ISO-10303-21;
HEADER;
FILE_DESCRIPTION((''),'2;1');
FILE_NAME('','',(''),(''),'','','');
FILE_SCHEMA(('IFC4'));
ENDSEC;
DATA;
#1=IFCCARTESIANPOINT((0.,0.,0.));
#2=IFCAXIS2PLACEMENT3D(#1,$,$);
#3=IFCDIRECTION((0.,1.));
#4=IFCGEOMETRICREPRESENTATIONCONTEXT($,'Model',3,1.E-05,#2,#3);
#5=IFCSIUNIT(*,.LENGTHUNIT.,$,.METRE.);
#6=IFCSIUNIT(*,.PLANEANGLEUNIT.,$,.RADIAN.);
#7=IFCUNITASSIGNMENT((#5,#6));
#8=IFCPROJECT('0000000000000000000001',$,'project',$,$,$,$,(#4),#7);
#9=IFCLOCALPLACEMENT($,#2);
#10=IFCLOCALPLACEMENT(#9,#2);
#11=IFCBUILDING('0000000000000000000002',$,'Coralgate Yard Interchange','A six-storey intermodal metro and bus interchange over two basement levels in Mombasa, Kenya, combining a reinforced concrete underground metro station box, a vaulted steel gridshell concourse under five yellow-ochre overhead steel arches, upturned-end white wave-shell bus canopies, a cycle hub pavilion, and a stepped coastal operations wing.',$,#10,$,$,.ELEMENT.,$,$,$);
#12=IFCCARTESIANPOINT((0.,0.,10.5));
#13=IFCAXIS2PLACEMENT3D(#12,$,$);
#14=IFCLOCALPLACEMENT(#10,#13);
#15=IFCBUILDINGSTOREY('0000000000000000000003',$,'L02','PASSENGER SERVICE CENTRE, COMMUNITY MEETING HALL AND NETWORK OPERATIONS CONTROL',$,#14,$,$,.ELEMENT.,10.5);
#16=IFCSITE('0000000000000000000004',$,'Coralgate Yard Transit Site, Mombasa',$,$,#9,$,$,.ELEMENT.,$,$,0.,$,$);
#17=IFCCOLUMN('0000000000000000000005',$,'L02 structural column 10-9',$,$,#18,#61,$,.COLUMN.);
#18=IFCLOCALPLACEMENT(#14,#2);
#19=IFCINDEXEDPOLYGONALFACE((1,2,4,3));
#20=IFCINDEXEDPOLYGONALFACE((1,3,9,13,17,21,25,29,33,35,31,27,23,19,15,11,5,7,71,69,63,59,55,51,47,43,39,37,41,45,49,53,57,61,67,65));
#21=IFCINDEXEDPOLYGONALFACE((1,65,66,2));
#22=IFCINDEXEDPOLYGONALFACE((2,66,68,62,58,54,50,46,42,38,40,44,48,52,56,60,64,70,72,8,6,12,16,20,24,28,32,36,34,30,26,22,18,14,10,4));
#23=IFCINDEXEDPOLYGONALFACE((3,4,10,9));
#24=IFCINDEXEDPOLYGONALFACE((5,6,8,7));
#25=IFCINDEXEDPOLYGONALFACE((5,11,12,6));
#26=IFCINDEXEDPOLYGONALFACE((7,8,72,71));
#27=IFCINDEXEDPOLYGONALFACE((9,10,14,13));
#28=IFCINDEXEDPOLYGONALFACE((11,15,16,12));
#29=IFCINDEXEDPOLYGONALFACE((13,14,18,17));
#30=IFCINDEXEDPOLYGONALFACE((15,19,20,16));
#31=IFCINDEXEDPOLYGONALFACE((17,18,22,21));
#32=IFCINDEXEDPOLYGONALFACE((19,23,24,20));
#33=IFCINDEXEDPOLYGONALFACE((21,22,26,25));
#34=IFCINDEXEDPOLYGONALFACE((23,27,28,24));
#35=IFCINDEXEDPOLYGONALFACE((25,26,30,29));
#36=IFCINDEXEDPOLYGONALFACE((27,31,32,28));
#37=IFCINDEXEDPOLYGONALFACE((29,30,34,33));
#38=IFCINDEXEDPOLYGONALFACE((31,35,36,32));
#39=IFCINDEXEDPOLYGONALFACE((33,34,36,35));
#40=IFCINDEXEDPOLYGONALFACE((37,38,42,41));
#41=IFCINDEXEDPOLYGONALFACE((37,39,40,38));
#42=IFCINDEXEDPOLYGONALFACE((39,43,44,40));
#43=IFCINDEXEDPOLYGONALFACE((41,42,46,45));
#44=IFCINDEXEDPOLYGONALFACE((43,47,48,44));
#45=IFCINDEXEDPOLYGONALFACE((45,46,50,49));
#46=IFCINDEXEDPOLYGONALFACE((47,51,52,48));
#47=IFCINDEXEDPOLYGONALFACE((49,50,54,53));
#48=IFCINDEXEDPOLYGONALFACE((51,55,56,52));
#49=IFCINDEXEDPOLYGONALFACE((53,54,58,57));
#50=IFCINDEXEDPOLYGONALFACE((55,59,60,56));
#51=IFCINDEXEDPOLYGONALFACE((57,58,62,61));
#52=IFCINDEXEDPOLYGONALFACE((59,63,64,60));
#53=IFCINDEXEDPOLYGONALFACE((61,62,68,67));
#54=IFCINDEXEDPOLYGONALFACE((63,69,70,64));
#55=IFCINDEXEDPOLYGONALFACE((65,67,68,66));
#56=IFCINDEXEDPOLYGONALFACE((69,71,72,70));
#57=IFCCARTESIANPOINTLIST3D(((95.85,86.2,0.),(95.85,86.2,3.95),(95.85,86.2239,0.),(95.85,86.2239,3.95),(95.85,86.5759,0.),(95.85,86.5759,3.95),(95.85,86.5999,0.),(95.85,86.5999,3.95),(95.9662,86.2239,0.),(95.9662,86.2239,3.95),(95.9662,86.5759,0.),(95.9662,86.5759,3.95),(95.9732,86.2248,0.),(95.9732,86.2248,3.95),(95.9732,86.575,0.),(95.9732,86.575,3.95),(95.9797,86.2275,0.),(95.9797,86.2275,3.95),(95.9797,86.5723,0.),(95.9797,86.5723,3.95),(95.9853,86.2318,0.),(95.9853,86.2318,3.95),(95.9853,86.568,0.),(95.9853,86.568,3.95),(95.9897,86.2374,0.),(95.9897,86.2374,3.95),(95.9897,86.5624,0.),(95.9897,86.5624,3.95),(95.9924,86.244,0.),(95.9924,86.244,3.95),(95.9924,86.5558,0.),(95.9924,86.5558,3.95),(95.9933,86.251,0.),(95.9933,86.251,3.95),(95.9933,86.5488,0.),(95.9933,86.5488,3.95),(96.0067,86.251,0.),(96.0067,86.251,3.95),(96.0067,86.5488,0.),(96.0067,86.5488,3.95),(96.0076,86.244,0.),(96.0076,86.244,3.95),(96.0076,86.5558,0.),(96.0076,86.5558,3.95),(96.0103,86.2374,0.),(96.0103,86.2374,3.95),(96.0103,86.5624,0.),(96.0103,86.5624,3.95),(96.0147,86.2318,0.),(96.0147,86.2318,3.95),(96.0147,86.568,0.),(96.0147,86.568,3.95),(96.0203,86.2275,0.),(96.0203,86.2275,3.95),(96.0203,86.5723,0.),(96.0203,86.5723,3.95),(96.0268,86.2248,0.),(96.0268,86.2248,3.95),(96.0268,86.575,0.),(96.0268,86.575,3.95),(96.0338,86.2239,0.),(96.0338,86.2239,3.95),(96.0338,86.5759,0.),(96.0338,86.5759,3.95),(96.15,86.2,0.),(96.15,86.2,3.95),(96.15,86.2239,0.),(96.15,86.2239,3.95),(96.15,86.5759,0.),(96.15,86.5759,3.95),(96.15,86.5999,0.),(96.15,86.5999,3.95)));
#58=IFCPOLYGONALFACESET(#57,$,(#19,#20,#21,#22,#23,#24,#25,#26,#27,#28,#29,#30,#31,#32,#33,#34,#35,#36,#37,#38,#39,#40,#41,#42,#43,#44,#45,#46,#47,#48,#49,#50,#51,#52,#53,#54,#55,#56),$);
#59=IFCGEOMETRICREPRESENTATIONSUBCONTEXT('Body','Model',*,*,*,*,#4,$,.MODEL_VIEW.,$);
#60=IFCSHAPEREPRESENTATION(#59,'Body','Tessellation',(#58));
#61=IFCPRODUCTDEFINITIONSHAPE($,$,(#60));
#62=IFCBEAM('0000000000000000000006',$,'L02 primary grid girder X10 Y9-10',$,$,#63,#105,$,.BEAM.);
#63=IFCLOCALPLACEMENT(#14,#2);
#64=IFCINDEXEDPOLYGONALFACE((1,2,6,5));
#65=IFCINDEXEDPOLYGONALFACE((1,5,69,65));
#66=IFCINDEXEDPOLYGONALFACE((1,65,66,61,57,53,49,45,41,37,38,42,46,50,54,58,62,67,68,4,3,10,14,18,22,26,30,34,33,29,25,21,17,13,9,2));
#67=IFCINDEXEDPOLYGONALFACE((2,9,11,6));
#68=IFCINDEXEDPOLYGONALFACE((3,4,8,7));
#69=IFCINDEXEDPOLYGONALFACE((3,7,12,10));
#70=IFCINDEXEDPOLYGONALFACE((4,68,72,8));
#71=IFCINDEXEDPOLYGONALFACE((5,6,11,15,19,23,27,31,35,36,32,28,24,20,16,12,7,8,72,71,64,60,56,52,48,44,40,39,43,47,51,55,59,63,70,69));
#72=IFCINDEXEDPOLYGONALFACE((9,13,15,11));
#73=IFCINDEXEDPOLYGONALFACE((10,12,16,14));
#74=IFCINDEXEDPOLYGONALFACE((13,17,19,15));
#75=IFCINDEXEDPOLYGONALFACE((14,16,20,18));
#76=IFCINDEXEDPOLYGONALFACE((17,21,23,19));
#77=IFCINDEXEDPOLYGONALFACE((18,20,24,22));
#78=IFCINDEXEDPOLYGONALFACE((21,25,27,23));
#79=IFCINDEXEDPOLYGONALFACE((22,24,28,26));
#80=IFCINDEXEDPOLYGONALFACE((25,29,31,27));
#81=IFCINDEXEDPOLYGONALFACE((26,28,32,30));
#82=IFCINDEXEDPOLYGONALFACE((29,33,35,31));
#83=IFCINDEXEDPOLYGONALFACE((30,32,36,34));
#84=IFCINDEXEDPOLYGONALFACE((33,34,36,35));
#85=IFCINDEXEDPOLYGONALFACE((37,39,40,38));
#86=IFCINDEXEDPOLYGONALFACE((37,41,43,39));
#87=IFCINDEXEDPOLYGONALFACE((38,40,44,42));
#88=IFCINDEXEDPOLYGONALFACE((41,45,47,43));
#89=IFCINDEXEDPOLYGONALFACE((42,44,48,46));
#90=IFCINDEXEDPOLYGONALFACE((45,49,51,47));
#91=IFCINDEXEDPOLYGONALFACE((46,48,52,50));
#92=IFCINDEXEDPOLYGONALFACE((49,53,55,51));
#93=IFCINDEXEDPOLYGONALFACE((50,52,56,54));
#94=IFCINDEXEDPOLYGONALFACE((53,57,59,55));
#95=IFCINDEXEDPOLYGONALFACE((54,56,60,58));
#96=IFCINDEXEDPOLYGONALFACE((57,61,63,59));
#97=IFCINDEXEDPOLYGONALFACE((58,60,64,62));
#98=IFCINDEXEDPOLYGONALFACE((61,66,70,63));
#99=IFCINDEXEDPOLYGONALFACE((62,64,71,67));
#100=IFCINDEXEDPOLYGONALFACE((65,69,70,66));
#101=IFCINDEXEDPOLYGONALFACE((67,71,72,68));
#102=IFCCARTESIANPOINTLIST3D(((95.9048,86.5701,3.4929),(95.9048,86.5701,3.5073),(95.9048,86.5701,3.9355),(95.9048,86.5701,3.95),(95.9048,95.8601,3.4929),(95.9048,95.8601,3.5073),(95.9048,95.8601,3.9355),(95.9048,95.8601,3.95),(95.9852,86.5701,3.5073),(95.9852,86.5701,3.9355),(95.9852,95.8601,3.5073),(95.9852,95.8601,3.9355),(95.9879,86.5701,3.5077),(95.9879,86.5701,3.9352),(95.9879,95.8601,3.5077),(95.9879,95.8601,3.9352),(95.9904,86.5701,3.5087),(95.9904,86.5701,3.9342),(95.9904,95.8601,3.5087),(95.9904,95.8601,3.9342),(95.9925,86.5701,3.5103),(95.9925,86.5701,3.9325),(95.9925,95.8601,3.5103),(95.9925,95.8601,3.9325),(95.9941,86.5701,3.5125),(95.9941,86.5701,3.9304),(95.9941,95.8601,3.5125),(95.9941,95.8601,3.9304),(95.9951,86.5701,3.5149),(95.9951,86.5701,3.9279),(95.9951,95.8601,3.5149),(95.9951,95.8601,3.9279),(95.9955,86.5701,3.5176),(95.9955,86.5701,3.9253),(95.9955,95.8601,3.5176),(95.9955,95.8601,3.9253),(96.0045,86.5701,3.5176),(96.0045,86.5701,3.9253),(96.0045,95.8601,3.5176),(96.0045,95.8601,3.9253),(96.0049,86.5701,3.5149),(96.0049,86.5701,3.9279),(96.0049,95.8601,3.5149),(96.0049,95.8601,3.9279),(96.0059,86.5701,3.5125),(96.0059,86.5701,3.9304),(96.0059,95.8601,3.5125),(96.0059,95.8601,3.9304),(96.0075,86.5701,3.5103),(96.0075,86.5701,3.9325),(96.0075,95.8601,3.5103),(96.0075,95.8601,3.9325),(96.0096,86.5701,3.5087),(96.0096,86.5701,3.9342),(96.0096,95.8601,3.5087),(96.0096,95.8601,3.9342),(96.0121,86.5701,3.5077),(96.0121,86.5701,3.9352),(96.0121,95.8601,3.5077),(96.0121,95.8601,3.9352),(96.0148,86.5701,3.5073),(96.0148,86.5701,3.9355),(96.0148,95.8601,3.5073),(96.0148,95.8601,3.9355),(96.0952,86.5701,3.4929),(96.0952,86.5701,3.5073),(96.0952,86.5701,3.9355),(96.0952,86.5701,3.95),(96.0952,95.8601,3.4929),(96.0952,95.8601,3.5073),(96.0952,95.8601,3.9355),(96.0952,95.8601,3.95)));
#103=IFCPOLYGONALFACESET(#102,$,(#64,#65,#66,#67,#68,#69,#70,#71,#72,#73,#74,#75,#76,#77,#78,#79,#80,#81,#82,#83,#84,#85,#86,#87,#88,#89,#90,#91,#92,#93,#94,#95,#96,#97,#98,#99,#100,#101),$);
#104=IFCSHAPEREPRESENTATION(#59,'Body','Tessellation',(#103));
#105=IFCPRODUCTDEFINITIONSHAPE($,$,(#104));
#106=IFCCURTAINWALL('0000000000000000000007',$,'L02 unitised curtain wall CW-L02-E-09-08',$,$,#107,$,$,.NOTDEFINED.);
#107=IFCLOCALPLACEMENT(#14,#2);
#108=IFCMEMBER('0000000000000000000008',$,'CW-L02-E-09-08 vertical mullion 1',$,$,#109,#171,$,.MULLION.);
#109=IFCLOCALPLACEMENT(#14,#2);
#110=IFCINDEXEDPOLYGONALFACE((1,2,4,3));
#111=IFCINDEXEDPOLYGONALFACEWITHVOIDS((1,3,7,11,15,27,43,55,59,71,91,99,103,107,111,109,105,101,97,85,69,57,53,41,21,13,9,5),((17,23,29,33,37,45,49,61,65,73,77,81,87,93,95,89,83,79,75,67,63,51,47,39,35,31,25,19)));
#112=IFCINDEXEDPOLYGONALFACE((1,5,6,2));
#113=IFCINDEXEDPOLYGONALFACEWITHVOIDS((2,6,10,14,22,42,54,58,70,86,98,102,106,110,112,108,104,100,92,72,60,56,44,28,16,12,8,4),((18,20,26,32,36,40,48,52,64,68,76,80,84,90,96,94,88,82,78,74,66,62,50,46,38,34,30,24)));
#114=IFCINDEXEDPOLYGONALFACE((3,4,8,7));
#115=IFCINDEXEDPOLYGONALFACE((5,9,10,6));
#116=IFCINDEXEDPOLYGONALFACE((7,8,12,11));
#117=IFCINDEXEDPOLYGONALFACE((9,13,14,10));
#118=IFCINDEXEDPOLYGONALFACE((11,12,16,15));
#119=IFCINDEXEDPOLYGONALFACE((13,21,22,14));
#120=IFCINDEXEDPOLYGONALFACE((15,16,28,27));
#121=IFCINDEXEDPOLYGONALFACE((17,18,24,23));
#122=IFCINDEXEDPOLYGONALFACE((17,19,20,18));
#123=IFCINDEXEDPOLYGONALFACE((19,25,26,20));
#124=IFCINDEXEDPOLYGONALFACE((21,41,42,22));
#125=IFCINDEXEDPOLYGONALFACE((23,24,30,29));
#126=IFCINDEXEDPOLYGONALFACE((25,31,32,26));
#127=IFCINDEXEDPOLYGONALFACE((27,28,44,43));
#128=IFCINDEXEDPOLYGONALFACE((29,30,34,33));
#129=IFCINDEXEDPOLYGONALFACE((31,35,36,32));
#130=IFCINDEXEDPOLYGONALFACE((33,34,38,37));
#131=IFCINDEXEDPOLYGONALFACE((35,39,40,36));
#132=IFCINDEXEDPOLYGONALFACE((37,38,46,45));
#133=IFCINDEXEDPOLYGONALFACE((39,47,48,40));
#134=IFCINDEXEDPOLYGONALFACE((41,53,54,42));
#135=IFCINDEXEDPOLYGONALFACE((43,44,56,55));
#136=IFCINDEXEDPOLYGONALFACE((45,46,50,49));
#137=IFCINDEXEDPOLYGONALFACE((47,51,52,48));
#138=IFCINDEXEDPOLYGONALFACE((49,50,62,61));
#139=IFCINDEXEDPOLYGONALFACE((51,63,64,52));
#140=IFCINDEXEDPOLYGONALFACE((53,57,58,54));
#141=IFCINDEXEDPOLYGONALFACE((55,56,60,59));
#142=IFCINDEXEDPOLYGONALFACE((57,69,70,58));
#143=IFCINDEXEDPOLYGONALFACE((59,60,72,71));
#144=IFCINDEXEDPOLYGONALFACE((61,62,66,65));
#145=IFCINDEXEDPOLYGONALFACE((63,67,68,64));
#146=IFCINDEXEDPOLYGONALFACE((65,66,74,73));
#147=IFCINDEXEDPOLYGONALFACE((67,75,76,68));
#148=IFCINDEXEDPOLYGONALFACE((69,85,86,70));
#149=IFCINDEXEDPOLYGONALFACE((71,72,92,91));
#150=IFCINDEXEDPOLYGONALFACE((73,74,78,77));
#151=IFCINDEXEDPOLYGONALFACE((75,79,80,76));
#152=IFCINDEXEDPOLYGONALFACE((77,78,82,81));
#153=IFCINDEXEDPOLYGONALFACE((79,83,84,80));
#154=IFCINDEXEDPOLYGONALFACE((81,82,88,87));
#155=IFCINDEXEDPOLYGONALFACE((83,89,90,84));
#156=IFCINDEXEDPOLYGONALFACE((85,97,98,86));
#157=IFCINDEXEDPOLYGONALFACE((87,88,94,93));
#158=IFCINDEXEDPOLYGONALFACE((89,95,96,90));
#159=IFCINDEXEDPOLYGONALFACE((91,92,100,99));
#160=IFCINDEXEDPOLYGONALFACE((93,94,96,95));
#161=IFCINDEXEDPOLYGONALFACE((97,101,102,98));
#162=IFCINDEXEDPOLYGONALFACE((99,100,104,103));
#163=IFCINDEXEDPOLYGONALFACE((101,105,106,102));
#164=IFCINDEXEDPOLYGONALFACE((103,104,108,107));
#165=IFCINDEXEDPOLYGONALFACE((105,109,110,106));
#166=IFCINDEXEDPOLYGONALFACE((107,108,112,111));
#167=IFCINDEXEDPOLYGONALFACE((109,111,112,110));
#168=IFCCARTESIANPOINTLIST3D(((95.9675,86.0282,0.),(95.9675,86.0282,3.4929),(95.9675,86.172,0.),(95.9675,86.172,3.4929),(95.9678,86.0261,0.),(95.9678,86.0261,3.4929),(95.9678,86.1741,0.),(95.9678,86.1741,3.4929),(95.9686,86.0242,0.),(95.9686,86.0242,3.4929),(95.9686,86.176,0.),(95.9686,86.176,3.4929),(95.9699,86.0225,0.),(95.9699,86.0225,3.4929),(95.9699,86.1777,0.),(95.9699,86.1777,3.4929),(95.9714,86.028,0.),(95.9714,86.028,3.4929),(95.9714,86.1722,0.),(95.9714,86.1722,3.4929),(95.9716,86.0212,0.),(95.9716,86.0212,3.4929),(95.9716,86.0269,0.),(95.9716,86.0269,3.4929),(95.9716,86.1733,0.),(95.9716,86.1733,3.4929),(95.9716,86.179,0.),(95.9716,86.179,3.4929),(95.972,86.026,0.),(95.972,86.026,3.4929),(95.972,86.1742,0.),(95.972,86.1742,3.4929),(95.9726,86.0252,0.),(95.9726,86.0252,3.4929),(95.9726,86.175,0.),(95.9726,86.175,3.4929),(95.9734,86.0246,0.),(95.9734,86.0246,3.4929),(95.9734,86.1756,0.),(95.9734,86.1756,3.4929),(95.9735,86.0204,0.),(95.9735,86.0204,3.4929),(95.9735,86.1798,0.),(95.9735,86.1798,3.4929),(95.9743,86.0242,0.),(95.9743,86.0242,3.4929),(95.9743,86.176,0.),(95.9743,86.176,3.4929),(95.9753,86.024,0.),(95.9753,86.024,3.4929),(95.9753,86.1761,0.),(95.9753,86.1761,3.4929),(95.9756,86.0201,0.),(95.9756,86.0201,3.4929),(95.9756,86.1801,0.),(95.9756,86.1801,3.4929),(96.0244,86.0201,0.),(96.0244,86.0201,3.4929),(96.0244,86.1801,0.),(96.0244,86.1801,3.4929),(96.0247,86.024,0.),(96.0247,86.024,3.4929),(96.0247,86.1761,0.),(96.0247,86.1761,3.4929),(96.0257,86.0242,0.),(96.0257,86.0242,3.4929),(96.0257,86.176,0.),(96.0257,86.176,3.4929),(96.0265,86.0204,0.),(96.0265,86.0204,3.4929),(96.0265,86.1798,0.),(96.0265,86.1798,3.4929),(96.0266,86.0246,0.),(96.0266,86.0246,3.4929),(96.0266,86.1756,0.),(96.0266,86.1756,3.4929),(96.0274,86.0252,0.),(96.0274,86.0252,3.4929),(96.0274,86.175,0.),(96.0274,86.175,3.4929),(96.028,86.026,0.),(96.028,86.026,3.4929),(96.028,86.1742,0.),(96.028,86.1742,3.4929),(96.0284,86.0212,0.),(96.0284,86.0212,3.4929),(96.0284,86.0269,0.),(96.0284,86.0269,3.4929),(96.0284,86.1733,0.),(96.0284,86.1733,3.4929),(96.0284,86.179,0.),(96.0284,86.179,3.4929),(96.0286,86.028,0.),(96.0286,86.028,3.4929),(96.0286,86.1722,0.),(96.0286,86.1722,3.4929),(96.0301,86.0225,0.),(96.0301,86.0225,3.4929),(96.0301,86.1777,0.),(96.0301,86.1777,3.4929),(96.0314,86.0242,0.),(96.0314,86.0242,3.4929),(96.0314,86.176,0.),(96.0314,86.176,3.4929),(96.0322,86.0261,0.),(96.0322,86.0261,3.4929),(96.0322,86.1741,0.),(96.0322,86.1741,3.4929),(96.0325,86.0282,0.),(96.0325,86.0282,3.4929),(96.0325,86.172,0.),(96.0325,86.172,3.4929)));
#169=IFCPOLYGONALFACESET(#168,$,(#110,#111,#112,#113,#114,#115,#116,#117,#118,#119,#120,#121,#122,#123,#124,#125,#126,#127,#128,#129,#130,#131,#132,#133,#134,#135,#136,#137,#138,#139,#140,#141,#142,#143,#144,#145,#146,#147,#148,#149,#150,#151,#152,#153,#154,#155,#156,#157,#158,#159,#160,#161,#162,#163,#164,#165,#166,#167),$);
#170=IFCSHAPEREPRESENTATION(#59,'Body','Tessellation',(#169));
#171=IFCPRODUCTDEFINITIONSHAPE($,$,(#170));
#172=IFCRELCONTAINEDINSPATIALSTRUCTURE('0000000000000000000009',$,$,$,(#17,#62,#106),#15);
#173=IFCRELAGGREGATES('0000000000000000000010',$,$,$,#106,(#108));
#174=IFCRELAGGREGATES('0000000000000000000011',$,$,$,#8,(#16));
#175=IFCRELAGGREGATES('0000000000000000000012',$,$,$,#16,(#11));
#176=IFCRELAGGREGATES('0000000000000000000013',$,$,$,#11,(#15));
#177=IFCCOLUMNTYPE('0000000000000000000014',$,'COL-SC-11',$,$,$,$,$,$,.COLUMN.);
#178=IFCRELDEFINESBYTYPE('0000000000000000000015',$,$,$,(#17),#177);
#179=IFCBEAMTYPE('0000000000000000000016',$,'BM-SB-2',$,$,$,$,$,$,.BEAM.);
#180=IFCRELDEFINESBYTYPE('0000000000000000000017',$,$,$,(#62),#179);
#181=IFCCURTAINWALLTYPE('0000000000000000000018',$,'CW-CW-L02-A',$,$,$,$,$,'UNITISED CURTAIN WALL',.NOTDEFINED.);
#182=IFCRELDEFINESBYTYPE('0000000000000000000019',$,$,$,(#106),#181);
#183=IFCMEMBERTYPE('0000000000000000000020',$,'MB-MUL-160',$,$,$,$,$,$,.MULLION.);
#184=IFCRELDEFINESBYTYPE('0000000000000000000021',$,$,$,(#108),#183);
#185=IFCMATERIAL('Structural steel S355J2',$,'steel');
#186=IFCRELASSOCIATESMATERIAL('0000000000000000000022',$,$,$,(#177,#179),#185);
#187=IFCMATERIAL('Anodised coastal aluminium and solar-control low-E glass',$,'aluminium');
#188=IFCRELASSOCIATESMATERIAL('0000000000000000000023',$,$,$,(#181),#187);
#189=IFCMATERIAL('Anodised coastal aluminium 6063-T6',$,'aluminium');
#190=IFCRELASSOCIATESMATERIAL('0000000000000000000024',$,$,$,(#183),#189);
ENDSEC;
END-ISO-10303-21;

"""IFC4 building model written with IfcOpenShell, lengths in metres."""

from ifc_helpers import new_model, si_unit, direction, frame, origin, origin_2d, place, context, subcontext, project, spatial, hollow_rectangle, i_section, extrude, material, material_profile, profile_set, type_object, element, aggregate, save


model = new_model("IFC4")

# Units and contexts
model_context = context("Model", 3, precision=1e-05, world=origin(), true_north=direction((0.0, 1.0)))
body_context = subcontext(model_context, "Body", "Model", "MODEL_VIEW")
ifc_project = project(units=[si_unit("LENGTHUNIT", "METRE"), si_unit("PLANEANGLEUNIT", "RADIAN")], contexts=[model_context])

# Site, building, storey
site_placement = place(None, origin())
site = spatial("IfcSite", under=ifc_project, at=site_placement, Name="Coralgate Yard Transit Site, Mombasa", CompositionType="ELEMENT", RefElevation=0.0)
building_placement = place(site_placement, origin())
building = spatial("IfcBuilding", under=site, at=building_placement, Name="Coralgate Yard Interchange", Description="A six-storey intermodal metro and bus interchange over two basement levels in Mombasa, Kenya, combining a reinforced concrete underground metro station box, a vaulted steel gridshell concourse under five yellow-ochre overhead steel arches, upturned-end white wave-shell bus canopies, a cycle hub pavilion, and a stepped coastal operations wing.", CompositionType="ELEMENT")
storey_placement = place(building_placement, frame((0.0, 0.0, 10.5)))
storey = spatial("IfcBuildingStorey", under=building, at=storey_placement, Name="L02", Description="PASSENGER SERVICE CENTRE, COMMUNITY MEETING HALL AND NETWORK OPERATIONS CONTROL", CompositionType="ELEMENT", Elevation=10.5)

# Column
ifc_material_1 = material(Name="Structural steel S355J2", Category="steel")
ifc_material_profile_1 = material_profile(ifc_material_1, i_section(OverallWidth=0.3, OverallDepth=0.3999, WebThickness=0.0134, FlangeThickness=0.0239, FilletRadius=0.0271, at=origin_2d()), Name="HEB 400")
ifc_profile_set_1 = profile_set([ifc_material_profile_1], Name="Structural steel S355J2")
column_type = type_object("IfcColumnType", Name="COL-SC-11", PredefinedType="COLUMN", material=ifc_profile_set_1)
column_placement = place(storey_placement, frame((96.0, 86.3999, 0.0), z_axis=(0.0, 0.0, 1.0), x_axis=(1.0, 0.0, 0.0)))
element("IfcColumn", 1, at=column_placement, inside=storey, type_object=column_type, Name="L02 structural column 10-9", PredefinedType="COLUMN", context=body_context, shape_type="SweptSolid", body=[
    extrude(i_section(OverallWidth=0.3, OverallDepth=0.3999, WebThickness=0.0134, FlangeThickness=0.0239, FilletRadius=0.0271, at=origin_2d()), origin(), (0.0, 0.0, 1.0), 3.95),
])

# Beam
ifc_material_profile_2 = material_profile(ifc_material_1, i_section(OverallWidth=0.1904, OverallDepth=0.457, WebThickness=0.009, FlangeThickness=0.0144, FilletRadius=0.0103, at=origin_2d()), Name="UB 457x191x74")
ifc_profile_set_2 = profile_set([ifc_material_profile_2], Name="Structural steel S355J2")
beam_type = type_object("IfcBeamType", Name="BM-SB-2", PredefinedType="BEAM", material=ifc_profile_set_2)
beam_placement = place(storey_placement, frame((96.0, 86.5701, 3.7214), z_axis=(0.0, 1.0, 0.0), x_axis=(-1.0, 0.0, 0.0)))
element("IfcBeam", 2, at=beam_placement, inside=storey, type_object=beam_type, Name="L02 primary grid girder X10 Y9-10", PredefinedType="BEAM", context=body_context, shape_type="SweptSolid", body=[
    extrude(i_section(OverallWidth=0.1904, OverallDepth=0.457, WebThickness=0.009, FlangeThickness=0.0144, FilletRadius=0.0103, at=origin_2d()), origin(), (0.0, 0.0, 1.0), 9.29),
])

# Curtain wall, member
ifc_material_2 = material(Name="Anodised coastal aluminium and solar-control low-E glass", Category="aluminium")
curtain_wall_type = type_object("IfcCurtainWallType", Name="CW-CW-L02-A", ElementType="UNITISED CURTAIN WALL", PredefinedType="NOTDEFINED", material=ifc_material_2)
curtain_wall_1_placement = place(storey_placement, origin())
curtain_wall_1 = element("IfcCurtainWall", 3, at=curtain_wall_1_placement, inside=storey, type_object=curtain_wall_type, Name="L02 unitised curtain wall CW-L02-E-09-08", PredefinedType="NOTDEFINED")
ifc_material_3 = material(Name="Anodised coastal aluminium 6063-T6", Category="aluminium")
ifc_material_profile_3 = material_profile(ifc_material_3, hollow_rectangle(XDim=0.0649, YDim=0.1599, WallThickness=0.0039, InnerFilletRadius=0.0039, OuterFilletRadius=0.0081, at=origin_2d()), Name="ALU 65x160x4")
ifc_profile_set_3 = profile_set([ifc_material_profile_3], Name="Anodised coastal aluminium 6063-T6")
member_type_1 = type_object("IfcMemberType", Name="MB-MUL-160", PredefinedType="MULLION", material=ifc_profile_set_3)
member_1_placement = place(storey_placement, frame((96.0, 86.1001, 0.0), z_axis=(0.0, 0.0, 1.0), x_axis=(1.0, 0.0, 0.0)))
member_1 = element("IfcMember", 4, at=member_1_placement, type_object=member_type_1, Name="CW-L02-E-09-08 vertical mullion 1", PredefinedType="MULLION", context=body_context, shape_type="SweptSolid", body=[
    extrude(hollow_rectangle(XDim=0.0649, YDim=0.1599, WallThickness=0.0039, InnerFilletRadius=0.0039, OuterFilletRadius=0.0081, at=origin_2d()), origin(), (0.0, 0.0, 1.0), 3.4929),
])

aggregate(curtain_wall_1, [member_1])

save(model, "model.ifc")
